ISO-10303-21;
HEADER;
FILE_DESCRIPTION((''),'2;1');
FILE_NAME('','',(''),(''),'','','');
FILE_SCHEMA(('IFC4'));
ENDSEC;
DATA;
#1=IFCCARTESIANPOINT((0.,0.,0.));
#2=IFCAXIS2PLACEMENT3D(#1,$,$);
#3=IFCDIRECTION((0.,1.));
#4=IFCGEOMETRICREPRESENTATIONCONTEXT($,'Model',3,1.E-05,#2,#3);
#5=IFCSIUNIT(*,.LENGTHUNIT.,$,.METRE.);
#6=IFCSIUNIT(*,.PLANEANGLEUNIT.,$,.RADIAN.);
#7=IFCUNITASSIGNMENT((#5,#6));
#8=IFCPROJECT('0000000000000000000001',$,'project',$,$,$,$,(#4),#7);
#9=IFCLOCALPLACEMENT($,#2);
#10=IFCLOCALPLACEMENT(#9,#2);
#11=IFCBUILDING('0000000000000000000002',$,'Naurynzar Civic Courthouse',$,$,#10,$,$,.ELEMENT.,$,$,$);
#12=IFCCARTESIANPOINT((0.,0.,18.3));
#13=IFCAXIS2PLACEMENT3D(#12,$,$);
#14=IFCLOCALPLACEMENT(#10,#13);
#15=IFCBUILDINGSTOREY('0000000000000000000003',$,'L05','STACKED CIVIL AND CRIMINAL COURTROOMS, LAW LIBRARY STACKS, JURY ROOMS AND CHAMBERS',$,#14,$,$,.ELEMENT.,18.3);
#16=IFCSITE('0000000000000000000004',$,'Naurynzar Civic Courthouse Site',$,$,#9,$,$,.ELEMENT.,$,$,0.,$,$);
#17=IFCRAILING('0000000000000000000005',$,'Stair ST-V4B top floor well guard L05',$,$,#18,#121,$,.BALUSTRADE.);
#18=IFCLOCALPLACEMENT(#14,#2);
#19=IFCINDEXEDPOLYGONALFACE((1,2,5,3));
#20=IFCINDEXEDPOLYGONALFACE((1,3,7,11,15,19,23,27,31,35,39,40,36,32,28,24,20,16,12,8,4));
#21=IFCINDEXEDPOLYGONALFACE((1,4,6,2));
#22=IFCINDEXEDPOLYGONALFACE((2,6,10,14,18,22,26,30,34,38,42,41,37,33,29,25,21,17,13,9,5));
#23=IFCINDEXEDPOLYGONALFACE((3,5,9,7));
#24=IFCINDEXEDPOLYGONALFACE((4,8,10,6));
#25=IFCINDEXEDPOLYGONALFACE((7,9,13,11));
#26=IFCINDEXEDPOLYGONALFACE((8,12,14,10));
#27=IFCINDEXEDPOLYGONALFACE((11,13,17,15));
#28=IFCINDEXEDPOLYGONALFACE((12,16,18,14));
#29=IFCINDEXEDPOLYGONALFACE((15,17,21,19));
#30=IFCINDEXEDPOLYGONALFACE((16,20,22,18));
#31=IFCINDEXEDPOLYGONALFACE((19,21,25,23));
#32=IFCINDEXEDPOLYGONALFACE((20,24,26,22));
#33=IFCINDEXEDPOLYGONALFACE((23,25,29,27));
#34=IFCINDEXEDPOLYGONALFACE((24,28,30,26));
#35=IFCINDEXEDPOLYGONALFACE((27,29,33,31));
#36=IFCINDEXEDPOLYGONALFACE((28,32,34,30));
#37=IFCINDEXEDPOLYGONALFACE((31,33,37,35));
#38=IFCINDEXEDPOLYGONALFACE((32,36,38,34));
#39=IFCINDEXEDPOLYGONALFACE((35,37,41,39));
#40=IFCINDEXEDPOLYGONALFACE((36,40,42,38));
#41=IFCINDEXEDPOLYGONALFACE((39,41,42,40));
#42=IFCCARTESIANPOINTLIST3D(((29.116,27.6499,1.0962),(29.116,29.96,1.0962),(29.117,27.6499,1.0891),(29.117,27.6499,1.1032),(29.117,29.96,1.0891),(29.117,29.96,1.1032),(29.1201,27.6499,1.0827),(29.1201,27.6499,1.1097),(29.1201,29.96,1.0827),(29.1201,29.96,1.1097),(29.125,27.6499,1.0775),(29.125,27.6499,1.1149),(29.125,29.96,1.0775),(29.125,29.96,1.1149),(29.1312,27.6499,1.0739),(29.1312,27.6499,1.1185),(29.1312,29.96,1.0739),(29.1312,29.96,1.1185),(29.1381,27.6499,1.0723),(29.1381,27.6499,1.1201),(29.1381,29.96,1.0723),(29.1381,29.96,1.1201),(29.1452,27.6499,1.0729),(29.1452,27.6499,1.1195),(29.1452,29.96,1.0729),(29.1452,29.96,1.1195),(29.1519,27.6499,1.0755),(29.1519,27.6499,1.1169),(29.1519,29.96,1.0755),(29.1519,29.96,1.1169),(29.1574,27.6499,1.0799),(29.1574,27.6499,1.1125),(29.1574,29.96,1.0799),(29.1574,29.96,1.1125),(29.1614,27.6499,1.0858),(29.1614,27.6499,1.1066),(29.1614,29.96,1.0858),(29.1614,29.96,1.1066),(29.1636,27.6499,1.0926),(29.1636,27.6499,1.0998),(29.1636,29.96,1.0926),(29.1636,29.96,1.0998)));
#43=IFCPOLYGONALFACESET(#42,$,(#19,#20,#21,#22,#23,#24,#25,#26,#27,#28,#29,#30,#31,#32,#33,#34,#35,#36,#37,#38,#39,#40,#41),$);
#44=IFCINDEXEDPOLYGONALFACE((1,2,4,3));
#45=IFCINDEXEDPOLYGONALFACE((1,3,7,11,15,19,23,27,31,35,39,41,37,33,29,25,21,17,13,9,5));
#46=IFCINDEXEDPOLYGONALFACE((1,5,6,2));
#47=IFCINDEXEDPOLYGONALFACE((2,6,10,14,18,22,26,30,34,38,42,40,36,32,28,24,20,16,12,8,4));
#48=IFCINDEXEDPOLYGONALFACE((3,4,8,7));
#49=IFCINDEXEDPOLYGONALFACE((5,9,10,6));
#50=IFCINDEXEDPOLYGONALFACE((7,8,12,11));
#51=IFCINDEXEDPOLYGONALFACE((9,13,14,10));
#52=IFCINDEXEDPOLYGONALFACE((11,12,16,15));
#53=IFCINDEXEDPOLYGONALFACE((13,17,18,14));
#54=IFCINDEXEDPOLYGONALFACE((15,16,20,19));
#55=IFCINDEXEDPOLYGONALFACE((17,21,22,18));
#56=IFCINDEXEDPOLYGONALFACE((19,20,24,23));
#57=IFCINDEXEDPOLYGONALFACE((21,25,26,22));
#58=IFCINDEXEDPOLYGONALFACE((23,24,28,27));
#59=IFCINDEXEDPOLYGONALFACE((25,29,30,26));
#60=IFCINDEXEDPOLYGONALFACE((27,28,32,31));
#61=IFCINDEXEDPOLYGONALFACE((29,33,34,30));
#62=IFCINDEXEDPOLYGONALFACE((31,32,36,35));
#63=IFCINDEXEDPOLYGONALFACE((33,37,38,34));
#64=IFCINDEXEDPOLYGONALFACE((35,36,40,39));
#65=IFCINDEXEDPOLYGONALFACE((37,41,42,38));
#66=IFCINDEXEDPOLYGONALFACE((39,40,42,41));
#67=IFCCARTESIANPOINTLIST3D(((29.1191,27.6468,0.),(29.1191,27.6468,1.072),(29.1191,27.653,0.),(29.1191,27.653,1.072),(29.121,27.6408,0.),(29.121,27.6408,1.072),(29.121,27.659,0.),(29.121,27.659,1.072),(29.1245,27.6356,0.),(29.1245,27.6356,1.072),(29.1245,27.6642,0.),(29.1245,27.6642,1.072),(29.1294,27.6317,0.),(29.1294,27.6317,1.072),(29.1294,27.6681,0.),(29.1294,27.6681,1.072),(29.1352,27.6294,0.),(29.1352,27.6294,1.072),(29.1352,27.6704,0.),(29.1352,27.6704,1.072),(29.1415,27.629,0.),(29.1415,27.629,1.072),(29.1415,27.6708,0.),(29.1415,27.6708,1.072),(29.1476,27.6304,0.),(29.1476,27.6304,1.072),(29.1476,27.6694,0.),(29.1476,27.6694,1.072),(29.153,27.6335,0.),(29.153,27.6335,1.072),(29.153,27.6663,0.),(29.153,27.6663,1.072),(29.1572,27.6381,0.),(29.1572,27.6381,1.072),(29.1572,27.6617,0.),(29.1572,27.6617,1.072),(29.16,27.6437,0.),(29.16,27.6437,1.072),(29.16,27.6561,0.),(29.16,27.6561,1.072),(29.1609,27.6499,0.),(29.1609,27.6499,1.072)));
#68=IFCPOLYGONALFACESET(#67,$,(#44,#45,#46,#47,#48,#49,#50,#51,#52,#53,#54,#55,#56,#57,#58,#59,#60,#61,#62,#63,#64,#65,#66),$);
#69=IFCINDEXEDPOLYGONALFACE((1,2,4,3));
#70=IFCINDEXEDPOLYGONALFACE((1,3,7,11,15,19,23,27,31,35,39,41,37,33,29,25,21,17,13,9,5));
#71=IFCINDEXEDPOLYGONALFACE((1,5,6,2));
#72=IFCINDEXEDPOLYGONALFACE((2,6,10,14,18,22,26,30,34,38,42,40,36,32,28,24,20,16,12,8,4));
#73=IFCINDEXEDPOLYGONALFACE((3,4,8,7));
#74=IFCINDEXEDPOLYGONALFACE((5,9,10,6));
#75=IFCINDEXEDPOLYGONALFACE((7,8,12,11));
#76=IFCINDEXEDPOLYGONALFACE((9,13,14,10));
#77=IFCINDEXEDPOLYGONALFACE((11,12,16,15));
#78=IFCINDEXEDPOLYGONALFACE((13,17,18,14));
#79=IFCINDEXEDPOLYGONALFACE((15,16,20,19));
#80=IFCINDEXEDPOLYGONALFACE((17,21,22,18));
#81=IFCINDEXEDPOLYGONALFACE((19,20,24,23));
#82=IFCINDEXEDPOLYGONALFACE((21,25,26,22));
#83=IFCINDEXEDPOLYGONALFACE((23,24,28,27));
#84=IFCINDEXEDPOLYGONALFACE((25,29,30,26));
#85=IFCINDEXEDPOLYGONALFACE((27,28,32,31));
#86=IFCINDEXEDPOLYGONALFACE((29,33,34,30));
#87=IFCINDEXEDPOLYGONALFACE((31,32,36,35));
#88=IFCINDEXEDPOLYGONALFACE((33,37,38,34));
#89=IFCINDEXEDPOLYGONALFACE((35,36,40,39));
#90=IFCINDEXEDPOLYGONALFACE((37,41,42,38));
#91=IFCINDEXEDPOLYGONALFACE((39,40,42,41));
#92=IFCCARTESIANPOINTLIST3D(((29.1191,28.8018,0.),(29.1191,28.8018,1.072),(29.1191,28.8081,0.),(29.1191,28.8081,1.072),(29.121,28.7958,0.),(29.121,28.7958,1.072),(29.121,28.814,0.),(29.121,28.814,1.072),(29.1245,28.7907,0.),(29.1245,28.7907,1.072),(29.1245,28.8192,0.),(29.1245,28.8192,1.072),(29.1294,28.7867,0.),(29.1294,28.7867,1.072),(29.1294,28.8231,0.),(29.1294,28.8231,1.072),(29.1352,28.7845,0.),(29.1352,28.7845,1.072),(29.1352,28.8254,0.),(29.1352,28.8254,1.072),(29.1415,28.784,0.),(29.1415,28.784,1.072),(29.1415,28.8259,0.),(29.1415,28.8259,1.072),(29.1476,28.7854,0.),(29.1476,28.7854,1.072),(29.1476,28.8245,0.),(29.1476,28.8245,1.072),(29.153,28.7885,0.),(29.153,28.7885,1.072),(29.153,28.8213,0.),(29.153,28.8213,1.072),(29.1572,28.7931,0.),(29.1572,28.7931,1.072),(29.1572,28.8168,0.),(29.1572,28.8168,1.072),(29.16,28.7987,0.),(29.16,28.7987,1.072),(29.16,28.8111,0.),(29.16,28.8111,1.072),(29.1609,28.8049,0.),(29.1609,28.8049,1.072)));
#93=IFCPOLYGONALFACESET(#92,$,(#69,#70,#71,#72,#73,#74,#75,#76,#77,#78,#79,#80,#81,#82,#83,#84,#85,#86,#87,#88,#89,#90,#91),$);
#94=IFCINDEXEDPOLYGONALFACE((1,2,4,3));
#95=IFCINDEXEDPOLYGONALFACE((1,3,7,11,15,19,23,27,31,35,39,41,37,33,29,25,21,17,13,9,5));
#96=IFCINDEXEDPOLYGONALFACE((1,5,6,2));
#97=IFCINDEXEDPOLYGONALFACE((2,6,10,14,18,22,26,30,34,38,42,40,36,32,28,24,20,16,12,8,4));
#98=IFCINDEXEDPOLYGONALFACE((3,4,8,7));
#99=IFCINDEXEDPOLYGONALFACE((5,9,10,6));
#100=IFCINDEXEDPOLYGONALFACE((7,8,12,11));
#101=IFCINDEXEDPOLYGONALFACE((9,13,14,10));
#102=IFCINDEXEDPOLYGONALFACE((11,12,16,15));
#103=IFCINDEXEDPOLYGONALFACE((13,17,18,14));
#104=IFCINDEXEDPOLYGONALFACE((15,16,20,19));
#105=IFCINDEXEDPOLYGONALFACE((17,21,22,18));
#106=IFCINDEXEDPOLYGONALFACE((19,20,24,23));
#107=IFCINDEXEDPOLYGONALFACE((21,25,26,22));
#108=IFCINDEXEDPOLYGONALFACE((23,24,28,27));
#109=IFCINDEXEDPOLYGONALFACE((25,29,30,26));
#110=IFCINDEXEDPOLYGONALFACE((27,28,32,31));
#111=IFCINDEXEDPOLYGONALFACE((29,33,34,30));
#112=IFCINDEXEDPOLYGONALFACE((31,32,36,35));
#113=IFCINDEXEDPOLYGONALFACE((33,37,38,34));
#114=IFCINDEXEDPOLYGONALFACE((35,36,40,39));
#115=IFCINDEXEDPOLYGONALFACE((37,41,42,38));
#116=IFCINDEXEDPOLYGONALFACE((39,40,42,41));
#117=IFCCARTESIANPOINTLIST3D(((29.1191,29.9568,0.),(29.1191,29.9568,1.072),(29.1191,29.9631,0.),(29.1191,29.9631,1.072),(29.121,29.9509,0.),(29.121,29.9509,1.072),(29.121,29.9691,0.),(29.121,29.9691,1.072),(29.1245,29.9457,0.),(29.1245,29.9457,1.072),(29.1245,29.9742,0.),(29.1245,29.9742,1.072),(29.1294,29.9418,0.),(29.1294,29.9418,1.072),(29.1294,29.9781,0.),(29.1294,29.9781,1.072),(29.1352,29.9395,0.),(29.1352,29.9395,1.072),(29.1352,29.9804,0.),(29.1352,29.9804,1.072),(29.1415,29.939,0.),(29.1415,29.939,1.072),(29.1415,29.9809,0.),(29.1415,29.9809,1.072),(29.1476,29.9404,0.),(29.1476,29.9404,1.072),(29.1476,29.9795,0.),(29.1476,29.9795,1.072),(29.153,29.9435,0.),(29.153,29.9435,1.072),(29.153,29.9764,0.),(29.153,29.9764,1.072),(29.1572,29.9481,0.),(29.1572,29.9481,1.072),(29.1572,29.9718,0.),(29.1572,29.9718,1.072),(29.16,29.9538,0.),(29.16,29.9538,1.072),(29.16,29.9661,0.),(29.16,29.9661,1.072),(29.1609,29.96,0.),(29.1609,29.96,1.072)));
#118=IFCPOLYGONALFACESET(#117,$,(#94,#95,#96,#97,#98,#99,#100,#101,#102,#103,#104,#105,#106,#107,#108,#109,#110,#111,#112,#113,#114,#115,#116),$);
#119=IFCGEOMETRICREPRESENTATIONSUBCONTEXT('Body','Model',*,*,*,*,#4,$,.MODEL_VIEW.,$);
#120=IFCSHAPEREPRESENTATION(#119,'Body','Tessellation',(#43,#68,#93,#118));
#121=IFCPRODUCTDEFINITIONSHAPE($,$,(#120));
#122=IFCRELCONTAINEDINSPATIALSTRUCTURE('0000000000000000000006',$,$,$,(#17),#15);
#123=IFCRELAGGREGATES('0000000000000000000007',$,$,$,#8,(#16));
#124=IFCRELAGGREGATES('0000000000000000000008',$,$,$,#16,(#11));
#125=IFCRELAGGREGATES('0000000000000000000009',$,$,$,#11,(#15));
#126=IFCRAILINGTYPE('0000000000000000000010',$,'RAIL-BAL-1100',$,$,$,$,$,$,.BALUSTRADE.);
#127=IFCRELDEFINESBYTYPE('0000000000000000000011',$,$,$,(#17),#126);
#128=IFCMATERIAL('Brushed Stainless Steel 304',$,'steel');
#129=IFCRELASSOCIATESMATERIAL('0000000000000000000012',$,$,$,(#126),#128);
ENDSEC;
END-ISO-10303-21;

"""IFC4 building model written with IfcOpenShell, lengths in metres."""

from ifc_helpers import new_model, si_unit, direction, frame, origin, origin_2d, place, context, subcontext, project, spatial, circle, extrude, material, type_object, element, save


model = new_model("IFC4")

# Units and contexts
model_context = context("Model", 3, precision=1e-05, world=origin(), true_north=direction((0.0, 1.0)))
body_context = subcontext(model_context, "Body", "Model", "MODEL_VIEW")
ifc_project = project(units=[si_unit("LENGTHUNIT", "METRE"), si_unit("PLANEANGLEUNIT", "RADIAN")], contexts=[model_context])

# Site, building, storey
site_placement = place(None, origin())
site = spatial("IfcSite", under=ifc_project, at=site_placement, Name="Naurynzar Civic Courthouse Site", CompositionType="ELEMENT", RefElevation=0.0)
building_placement = place(site_placement, origin())
building = spatial("IfcBuilding", under=site, at=building_placement, Name="Naurynzar Civic Courthouse", CompositionType="ELEMENT")
storey_placement = place(building_placement, frame((0.0, 0.0, 18.3)))
storey = spatial("IfcBuildingStorey", under=building, at=storey_placement, Name="L05", Description="STACKED CIVIL AND CRIMINAL COURTROOMS, LAW LIBRARY STACKS, JURY ROOMS AND CHAMBERS", CompositionType="ELEMENT", Elevation=18.3)

# Railing
ifc_material_1 = material(Name="Brushed Stainless Steel 304", Category="steel")
railing_type = type_object("IfcRailingType", Name="RAIL-BAL-1100", PredefinedType="BALUSTRADE", material=ifc_material_1)
railing_placement = place(storey_placement, frame((29.1399, 27.6499, 0.0)))
element("IfcRailing", 1, at=railing_placement, inside=storey, type_object=railing_type, Name="Stair ST-V4B top floor well guard L05", PredefinedType="BALUSTRADE", context=body_context, shape_type="SweptSolid", body=[
    extrude(circle(Radius=0.0239, at=origin_2d()), frame((0.0, 0.0, 1.0962), z_axis=(0.0, 1.0, 0.0), x_axis=(-1.0, 0.0, 0.0)), (0.0, 0.0, 1.0), 2.3101),
    extrude(circle(Radius=0.021, at=origin_2d()), origin(), (0.0, 0.0, 1.0), 1.072),
    extrude(circle(Radius=0.021, at=origin_2d()), frame((0.0, 1.155, 0.0)), (0.0, 0.0, 1.0), 1.072),
    extrude(circle(Radius=0.021, at=origin_2d()), frame((0.0, 2.3101, 0.0)), (0.0, 0.0, 1.0), 1.072),
])

save(model, "model.ifc")
